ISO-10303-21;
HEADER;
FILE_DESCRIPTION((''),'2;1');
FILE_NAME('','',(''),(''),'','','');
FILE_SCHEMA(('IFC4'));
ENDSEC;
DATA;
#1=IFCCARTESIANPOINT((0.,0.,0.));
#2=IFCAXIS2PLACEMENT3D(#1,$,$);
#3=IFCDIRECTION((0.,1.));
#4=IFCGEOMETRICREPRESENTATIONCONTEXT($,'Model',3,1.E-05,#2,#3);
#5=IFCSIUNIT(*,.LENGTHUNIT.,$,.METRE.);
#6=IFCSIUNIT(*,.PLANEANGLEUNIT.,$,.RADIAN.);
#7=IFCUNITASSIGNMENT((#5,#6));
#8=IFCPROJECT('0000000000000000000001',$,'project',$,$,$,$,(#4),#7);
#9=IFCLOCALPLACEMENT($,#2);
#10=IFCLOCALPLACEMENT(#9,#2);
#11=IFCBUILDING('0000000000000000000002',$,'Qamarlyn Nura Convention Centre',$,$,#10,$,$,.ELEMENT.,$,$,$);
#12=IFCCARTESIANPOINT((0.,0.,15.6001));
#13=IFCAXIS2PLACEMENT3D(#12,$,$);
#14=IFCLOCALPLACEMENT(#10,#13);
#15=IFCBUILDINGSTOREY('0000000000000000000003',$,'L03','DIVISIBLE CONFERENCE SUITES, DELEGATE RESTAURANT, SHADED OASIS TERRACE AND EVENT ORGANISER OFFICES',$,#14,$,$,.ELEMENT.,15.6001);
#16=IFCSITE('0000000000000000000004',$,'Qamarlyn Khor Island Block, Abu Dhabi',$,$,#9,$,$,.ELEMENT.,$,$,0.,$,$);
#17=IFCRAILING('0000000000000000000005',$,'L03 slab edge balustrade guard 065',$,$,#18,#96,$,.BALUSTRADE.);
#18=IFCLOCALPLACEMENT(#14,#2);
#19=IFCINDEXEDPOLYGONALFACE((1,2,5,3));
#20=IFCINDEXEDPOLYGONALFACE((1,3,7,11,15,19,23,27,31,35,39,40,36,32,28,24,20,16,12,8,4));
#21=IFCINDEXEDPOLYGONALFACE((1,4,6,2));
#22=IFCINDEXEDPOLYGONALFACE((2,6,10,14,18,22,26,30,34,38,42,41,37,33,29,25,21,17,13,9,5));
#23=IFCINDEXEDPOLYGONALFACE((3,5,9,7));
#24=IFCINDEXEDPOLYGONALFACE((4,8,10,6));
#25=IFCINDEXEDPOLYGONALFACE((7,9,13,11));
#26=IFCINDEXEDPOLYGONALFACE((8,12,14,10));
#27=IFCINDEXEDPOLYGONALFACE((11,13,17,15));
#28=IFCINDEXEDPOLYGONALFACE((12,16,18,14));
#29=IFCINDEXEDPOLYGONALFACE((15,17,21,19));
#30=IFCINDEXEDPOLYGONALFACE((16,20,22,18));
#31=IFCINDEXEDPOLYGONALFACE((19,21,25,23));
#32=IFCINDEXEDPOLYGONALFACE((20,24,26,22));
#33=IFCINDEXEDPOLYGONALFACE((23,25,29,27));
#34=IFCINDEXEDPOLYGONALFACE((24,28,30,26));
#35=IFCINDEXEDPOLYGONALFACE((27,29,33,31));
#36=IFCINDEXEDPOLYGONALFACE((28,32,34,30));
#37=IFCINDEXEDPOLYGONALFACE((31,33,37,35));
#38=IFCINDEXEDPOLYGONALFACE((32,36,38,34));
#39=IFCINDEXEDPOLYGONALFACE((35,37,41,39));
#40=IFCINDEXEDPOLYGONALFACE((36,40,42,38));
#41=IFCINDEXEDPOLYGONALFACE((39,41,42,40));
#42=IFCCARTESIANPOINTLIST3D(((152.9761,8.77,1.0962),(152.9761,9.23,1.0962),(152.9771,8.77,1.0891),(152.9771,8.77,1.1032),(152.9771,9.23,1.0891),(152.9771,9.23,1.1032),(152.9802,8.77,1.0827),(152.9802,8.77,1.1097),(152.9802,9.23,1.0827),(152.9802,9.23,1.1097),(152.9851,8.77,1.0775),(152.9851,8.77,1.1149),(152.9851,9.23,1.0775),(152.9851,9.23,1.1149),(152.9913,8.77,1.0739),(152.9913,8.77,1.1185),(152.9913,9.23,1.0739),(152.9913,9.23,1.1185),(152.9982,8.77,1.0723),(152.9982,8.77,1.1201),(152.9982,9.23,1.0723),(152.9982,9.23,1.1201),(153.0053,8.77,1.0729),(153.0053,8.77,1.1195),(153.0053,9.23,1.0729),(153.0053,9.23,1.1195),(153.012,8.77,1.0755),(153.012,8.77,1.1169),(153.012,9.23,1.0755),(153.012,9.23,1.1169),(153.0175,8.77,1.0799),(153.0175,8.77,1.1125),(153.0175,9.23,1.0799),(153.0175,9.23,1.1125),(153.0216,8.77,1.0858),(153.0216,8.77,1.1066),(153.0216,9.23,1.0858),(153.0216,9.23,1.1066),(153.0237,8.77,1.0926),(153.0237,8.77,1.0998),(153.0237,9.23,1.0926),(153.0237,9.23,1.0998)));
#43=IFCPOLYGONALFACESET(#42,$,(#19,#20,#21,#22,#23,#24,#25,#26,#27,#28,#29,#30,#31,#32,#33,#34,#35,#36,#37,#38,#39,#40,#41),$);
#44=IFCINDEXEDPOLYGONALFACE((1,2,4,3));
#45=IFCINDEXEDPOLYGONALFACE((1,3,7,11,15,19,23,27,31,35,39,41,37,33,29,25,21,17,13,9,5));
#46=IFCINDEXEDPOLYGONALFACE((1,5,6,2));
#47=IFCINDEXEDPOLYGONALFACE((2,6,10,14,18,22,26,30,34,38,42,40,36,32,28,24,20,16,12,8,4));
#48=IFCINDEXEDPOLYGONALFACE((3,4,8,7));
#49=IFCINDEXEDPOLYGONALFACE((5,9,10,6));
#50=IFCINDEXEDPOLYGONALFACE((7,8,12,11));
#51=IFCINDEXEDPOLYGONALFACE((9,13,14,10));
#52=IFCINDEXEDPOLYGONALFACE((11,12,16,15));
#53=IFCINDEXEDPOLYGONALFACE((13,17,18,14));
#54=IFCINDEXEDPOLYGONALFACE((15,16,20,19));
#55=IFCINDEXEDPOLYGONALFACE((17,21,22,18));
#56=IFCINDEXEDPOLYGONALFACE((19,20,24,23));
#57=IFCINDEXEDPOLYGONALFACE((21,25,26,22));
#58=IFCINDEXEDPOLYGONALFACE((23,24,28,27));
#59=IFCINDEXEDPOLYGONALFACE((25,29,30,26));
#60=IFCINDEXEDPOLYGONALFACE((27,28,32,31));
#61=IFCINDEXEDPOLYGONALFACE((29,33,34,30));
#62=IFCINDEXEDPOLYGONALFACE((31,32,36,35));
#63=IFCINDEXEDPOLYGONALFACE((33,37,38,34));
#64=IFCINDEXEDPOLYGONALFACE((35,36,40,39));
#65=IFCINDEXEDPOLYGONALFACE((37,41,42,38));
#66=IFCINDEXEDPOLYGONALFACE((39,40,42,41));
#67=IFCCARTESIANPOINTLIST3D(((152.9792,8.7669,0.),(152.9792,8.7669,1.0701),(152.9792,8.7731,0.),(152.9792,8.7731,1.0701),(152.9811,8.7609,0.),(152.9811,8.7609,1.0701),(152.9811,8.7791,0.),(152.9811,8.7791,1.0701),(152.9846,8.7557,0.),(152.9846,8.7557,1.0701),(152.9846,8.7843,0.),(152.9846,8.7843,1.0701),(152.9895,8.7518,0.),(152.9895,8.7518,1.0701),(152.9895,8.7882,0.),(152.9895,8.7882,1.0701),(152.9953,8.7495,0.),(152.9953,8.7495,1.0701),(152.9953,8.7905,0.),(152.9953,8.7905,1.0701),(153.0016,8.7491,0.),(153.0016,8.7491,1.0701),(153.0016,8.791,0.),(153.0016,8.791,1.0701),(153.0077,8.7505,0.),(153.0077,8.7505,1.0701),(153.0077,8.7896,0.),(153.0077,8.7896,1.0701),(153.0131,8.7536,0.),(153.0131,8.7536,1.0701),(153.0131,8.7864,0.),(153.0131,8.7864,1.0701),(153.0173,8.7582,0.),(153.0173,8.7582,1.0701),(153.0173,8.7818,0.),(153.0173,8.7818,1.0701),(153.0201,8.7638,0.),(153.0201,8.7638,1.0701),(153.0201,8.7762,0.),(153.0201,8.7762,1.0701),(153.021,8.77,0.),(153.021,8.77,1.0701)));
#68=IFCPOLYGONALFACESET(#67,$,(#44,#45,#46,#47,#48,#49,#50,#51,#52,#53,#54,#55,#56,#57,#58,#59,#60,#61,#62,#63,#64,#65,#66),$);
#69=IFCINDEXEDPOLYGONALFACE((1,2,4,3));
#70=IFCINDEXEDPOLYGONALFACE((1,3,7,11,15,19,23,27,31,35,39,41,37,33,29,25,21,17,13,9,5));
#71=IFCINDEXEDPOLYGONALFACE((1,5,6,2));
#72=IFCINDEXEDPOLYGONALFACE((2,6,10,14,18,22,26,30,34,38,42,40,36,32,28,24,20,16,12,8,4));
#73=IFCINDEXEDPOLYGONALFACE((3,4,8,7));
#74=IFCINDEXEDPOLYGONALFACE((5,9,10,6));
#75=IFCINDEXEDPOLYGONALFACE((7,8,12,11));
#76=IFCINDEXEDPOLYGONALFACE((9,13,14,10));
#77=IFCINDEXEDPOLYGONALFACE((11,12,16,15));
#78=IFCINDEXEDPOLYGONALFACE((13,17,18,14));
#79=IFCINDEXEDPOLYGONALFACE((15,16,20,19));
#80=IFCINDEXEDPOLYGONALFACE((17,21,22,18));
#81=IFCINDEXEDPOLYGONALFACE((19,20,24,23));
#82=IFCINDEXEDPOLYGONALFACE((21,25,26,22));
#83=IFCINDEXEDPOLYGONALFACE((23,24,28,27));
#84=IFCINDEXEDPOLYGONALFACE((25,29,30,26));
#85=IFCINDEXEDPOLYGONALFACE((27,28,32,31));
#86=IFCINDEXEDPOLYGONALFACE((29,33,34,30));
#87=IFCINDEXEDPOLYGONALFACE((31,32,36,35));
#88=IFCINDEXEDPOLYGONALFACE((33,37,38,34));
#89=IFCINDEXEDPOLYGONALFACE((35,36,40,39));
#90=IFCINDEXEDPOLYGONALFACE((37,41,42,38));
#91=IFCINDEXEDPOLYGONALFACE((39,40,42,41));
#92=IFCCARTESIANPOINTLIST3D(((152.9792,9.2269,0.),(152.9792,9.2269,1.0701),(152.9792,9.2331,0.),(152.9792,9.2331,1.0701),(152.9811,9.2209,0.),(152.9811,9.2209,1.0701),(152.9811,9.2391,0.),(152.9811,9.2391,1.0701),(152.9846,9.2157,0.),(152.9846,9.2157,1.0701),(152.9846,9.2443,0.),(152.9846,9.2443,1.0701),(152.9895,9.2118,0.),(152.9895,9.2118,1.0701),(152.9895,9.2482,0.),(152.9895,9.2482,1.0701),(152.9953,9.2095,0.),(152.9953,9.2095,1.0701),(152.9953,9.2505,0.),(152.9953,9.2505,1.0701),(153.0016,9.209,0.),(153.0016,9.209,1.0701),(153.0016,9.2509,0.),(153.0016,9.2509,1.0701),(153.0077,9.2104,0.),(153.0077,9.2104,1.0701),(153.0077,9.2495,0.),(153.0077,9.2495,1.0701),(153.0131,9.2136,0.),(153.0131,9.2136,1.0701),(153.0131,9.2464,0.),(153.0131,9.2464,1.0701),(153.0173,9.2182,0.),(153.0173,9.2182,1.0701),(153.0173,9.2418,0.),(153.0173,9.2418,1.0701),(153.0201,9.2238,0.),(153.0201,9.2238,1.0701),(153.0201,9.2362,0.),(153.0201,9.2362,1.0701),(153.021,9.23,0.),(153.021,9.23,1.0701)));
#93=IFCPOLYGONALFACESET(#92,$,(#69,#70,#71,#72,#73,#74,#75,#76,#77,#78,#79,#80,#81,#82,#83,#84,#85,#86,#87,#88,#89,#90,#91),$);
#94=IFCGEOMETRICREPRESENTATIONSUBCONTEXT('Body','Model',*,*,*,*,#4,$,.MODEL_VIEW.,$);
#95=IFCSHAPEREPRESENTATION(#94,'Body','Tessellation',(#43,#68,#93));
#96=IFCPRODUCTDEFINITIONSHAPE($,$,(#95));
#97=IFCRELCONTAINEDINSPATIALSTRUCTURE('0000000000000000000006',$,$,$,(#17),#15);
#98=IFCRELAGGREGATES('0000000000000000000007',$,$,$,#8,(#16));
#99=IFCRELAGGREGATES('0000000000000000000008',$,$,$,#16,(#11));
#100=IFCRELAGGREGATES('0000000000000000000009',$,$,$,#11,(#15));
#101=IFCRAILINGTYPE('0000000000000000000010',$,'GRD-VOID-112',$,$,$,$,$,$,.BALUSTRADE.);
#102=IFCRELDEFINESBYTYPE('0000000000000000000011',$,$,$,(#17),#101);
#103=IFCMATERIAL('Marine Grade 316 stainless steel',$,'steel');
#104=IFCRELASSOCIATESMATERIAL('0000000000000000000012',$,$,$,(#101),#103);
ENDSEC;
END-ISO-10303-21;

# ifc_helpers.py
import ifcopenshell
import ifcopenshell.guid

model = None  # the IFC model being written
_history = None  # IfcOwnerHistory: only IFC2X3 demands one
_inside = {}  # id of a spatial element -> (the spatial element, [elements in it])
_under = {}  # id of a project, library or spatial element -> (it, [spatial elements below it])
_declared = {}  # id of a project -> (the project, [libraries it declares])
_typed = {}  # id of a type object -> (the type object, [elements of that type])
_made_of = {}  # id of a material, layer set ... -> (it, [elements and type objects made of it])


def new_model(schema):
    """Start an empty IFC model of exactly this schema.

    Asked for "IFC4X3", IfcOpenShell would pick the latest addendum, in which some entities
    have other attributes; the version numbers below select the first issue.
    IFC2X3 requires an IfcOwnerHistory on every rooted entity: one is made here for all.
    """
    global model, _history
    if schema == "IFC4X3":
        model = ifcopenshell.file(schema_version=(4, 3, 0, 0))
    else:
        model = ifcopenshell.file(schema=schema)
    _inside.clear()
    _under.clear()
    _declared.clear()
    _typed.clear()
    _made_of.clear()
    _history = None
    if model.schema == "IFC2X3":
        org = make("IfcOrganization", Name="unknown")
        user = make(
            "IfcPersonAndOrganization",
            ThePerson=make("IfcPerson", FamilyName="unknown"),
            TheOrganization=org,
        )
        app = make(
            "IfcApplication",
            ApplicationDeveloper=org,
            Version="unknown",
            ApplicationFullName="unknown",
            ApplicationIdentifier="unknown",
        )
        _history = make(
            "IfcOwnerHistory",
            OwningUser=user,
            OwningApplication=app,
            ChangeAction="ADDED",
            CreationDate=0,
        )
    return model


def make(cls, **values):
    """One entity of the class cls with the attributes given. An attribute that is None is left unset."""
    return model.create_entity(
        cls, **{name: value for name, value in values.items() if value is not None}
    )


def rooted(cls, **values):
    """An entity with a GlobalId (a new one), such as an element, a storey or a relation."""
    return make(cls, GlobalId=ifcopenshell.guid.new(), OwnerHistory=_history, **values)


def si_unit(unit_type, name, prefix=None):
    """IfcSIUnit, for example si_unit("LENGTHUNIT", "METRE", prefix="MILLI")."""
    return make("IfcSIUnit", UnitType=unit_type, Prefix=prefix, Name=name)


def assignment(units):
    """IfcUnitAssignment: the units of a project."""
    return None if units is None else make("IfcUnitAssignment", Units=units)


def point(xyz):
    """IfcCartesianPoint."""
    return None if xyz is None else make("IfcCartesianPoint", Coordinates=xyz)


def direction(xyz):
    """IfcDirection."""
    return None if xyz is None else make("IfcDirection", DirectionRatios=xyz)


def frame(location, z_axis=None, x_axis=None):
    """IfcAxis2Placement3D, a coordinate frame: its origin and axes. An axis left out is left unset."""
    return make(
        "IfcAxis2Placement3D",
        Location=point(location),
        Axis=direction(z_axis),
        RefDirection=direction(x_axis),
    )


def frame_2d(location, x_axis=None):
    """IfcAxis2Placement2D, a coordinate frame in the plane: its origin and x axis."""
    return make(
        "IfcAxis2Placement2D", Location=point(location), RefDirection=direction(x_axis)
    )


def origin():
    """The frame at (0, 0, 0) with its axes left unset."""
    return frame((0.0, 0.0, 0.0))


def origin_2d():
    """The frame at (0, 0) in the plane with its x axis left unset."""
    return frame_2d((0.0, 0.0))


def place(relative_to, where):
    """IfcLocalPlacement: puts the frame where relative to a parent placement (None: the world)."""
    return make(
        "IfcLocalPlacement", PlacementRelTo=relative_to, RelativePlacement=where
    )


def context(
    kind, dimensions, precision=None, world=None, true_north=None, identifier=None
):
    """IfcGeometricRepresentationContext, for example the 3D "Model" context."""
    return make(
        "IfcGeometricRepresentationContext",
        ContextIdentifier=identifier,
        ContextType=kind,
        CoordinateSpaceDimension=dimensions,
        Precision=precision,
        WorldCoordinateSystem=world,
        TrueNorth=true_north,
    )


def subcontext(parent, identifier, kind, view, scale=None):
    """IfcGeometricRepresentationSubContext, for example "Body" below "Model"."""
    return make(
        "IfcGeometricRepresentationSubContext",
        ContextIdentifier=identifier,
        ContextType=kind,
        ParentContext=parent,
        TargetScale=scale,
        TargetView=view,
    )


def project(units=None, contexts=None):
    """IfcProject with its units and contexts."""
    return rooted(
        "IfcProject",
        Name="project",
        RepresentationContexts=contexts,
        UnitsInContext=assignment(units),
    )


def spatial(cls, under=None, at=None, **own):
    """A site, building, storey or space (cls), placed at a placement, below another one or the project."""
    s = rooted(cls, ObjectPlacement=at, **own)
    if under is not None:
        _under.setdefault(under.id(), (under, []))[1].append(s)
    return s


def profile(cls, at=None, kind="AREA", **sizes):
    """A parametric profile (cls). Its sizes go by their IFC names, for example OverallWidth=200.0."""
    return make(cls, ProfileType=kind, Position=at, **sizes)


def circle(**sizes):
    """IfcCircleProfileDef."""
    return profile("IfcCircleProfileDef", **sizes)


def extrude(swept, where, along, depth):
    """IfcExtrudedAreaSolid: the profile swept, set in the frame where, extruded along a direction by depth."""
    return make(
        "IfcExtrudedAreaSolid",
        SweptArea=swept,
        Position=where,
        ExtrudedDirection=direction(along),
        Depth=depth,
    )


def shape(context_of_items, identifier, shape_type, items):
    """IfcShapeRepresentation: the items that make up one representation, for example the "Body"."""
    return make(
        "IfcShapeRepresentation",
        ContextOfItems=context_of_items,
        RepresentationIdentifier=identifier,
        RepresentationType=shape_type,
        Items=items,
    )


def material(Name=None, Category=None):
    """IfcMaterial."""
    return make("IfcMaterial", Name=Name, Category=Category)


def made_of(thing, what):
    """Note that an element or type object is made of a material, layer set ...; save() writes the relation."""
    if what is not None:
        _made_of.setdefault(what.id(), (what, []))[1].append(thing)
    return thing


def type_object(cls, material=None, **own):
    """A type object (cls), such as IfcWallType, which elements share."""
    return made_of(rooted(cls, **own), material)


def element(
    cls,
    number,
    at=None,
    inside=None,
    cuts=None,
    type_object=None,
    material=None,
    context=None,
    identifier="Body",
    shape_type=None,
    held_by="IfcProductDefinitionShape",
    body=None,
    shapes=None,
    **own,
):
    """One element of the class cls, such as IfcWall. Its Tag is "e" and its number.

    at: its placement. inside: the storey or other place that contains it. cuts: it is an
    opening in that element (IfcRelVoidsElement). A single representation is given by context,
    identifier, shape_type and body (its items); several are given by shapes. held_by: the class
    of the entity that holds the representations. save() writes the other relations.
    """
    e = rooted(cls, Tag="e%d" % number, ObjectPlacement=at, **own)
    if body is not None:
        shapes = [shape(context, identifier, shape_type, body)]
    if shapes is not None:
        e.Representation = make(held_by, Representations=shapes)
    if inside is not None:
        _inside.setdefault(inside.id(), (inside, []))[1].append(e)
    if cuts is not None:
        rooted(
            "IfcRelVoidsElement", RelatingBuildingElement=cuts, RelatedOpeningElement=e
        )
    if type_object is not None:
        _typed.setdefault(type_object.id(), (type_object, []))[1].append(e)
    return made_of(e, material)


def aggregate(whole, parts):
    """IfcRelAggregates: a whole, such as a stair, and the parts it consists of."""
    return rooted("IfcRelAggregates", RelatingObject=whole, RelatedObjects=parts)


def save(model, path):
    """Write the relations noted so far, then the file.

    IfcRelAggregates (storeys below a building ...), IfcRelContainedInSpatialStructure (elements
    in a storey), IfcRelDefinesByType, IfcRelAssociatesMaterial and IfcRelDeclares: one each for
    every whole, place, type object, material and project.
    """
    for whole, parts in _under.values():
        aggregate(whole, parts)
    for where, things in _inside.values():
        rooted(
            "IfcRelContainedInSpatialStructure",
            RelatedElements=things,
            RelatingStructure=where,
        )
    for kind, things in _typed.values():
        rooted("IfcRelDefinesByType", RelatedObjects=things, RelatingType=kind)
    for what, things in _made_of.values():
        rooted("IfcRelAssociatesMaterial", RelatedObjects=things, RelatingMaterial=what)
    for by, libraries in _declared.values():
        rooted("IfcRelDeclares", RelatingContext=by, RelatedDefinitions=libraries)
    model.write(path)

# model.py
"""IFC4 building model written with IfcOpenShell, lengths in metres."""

from ifc_helpers import new_model, si_unit, direction, frame, origin, origin_2d, place, context, subcontext, project, spatial, circle, extrude, material, type_object, element, save


model = new_model("IFC4")

# Units and contexts
model_context = context("Model", 3, precision=1e-05, world=origin(), true_north=direction((0.0, 1.0)))
body_context = subcontext(model_context, "Body", "Model", "MODEL_VIEW")
ifc_project = project(units=[si_unit("LENGTHUNIT", "METRE"), si_unit("PLANEANGLEUNIT", "RADIAN")], contexts=[model_context])

# Site, building, storey
site_placement = place(None, origin())
site = spatial("IfcSite", under=ifc_project, at=site_placement, Name="Qamarlyn Khor Island Block, Abu Dhabi", CompositionType="ELEMENT", RefElevation=0.0)
building_placement = place(site_placement, origin())
building = spatial("IfcBuilding", under=site, at=building_placement, Name="Qamarlyn Nura Convention Centre", CompositionType="ELEMENT")
storey_placement = place(building_placement, frame((0.0, 0.0, 15.6001)))
storey = spatial("IfcBuildingStorey", under=building, at=storey_placement, Name="L03", Description="DIVISIBLE CONFERENCE SUITES, DELEGATE RESTAURANT, SHADED OASIS TERRACE AND EVENT ORGANISER OFFICES", CompositionType="ELEMENT", Elevation=15.6001)

# Railing
ifc_material_1 = material(Name="Marine Grade 316 stainless steel", Category="steel")
railing_type = type_object("IfcRailingType", Name="GRD-VOID-112", PredefinedType="BALUSTRADE", material=ifc_material_1)
railing_placement = place(storey_placement, frame((153.0, 8.77, 0.0)))
element("IfcRailing", 1, at=railing_placement, inside=storey, type_object=railing_type, Name="L03 slab edge balustrade guard 065", PredefinedType="BALUSTRADE", context=body_context, shape_type="SweptSolid", body=[
    extrude(circle(Radius=0.0239, at=origin_2d()), frame((0.0, 0.0, 1.0962), z_axis=(0.0, 1.0, 0.0), x_axis=(-1.0, 0.0, 0.0)), (0.0, 0.0, 1.0), 0.46),
    extrude(circle(Radius=0.021, at=origin_2d()), origin(), (0.0, 0.0, 1.0), 1.0701),
    extrude(circle(Radius=0.021, at=origin_2d()), frame((0.0, 0.46, 0.0)), (0.0, 0.0, 1.0), 1.0701),
])

save(model, "model.ifc")
